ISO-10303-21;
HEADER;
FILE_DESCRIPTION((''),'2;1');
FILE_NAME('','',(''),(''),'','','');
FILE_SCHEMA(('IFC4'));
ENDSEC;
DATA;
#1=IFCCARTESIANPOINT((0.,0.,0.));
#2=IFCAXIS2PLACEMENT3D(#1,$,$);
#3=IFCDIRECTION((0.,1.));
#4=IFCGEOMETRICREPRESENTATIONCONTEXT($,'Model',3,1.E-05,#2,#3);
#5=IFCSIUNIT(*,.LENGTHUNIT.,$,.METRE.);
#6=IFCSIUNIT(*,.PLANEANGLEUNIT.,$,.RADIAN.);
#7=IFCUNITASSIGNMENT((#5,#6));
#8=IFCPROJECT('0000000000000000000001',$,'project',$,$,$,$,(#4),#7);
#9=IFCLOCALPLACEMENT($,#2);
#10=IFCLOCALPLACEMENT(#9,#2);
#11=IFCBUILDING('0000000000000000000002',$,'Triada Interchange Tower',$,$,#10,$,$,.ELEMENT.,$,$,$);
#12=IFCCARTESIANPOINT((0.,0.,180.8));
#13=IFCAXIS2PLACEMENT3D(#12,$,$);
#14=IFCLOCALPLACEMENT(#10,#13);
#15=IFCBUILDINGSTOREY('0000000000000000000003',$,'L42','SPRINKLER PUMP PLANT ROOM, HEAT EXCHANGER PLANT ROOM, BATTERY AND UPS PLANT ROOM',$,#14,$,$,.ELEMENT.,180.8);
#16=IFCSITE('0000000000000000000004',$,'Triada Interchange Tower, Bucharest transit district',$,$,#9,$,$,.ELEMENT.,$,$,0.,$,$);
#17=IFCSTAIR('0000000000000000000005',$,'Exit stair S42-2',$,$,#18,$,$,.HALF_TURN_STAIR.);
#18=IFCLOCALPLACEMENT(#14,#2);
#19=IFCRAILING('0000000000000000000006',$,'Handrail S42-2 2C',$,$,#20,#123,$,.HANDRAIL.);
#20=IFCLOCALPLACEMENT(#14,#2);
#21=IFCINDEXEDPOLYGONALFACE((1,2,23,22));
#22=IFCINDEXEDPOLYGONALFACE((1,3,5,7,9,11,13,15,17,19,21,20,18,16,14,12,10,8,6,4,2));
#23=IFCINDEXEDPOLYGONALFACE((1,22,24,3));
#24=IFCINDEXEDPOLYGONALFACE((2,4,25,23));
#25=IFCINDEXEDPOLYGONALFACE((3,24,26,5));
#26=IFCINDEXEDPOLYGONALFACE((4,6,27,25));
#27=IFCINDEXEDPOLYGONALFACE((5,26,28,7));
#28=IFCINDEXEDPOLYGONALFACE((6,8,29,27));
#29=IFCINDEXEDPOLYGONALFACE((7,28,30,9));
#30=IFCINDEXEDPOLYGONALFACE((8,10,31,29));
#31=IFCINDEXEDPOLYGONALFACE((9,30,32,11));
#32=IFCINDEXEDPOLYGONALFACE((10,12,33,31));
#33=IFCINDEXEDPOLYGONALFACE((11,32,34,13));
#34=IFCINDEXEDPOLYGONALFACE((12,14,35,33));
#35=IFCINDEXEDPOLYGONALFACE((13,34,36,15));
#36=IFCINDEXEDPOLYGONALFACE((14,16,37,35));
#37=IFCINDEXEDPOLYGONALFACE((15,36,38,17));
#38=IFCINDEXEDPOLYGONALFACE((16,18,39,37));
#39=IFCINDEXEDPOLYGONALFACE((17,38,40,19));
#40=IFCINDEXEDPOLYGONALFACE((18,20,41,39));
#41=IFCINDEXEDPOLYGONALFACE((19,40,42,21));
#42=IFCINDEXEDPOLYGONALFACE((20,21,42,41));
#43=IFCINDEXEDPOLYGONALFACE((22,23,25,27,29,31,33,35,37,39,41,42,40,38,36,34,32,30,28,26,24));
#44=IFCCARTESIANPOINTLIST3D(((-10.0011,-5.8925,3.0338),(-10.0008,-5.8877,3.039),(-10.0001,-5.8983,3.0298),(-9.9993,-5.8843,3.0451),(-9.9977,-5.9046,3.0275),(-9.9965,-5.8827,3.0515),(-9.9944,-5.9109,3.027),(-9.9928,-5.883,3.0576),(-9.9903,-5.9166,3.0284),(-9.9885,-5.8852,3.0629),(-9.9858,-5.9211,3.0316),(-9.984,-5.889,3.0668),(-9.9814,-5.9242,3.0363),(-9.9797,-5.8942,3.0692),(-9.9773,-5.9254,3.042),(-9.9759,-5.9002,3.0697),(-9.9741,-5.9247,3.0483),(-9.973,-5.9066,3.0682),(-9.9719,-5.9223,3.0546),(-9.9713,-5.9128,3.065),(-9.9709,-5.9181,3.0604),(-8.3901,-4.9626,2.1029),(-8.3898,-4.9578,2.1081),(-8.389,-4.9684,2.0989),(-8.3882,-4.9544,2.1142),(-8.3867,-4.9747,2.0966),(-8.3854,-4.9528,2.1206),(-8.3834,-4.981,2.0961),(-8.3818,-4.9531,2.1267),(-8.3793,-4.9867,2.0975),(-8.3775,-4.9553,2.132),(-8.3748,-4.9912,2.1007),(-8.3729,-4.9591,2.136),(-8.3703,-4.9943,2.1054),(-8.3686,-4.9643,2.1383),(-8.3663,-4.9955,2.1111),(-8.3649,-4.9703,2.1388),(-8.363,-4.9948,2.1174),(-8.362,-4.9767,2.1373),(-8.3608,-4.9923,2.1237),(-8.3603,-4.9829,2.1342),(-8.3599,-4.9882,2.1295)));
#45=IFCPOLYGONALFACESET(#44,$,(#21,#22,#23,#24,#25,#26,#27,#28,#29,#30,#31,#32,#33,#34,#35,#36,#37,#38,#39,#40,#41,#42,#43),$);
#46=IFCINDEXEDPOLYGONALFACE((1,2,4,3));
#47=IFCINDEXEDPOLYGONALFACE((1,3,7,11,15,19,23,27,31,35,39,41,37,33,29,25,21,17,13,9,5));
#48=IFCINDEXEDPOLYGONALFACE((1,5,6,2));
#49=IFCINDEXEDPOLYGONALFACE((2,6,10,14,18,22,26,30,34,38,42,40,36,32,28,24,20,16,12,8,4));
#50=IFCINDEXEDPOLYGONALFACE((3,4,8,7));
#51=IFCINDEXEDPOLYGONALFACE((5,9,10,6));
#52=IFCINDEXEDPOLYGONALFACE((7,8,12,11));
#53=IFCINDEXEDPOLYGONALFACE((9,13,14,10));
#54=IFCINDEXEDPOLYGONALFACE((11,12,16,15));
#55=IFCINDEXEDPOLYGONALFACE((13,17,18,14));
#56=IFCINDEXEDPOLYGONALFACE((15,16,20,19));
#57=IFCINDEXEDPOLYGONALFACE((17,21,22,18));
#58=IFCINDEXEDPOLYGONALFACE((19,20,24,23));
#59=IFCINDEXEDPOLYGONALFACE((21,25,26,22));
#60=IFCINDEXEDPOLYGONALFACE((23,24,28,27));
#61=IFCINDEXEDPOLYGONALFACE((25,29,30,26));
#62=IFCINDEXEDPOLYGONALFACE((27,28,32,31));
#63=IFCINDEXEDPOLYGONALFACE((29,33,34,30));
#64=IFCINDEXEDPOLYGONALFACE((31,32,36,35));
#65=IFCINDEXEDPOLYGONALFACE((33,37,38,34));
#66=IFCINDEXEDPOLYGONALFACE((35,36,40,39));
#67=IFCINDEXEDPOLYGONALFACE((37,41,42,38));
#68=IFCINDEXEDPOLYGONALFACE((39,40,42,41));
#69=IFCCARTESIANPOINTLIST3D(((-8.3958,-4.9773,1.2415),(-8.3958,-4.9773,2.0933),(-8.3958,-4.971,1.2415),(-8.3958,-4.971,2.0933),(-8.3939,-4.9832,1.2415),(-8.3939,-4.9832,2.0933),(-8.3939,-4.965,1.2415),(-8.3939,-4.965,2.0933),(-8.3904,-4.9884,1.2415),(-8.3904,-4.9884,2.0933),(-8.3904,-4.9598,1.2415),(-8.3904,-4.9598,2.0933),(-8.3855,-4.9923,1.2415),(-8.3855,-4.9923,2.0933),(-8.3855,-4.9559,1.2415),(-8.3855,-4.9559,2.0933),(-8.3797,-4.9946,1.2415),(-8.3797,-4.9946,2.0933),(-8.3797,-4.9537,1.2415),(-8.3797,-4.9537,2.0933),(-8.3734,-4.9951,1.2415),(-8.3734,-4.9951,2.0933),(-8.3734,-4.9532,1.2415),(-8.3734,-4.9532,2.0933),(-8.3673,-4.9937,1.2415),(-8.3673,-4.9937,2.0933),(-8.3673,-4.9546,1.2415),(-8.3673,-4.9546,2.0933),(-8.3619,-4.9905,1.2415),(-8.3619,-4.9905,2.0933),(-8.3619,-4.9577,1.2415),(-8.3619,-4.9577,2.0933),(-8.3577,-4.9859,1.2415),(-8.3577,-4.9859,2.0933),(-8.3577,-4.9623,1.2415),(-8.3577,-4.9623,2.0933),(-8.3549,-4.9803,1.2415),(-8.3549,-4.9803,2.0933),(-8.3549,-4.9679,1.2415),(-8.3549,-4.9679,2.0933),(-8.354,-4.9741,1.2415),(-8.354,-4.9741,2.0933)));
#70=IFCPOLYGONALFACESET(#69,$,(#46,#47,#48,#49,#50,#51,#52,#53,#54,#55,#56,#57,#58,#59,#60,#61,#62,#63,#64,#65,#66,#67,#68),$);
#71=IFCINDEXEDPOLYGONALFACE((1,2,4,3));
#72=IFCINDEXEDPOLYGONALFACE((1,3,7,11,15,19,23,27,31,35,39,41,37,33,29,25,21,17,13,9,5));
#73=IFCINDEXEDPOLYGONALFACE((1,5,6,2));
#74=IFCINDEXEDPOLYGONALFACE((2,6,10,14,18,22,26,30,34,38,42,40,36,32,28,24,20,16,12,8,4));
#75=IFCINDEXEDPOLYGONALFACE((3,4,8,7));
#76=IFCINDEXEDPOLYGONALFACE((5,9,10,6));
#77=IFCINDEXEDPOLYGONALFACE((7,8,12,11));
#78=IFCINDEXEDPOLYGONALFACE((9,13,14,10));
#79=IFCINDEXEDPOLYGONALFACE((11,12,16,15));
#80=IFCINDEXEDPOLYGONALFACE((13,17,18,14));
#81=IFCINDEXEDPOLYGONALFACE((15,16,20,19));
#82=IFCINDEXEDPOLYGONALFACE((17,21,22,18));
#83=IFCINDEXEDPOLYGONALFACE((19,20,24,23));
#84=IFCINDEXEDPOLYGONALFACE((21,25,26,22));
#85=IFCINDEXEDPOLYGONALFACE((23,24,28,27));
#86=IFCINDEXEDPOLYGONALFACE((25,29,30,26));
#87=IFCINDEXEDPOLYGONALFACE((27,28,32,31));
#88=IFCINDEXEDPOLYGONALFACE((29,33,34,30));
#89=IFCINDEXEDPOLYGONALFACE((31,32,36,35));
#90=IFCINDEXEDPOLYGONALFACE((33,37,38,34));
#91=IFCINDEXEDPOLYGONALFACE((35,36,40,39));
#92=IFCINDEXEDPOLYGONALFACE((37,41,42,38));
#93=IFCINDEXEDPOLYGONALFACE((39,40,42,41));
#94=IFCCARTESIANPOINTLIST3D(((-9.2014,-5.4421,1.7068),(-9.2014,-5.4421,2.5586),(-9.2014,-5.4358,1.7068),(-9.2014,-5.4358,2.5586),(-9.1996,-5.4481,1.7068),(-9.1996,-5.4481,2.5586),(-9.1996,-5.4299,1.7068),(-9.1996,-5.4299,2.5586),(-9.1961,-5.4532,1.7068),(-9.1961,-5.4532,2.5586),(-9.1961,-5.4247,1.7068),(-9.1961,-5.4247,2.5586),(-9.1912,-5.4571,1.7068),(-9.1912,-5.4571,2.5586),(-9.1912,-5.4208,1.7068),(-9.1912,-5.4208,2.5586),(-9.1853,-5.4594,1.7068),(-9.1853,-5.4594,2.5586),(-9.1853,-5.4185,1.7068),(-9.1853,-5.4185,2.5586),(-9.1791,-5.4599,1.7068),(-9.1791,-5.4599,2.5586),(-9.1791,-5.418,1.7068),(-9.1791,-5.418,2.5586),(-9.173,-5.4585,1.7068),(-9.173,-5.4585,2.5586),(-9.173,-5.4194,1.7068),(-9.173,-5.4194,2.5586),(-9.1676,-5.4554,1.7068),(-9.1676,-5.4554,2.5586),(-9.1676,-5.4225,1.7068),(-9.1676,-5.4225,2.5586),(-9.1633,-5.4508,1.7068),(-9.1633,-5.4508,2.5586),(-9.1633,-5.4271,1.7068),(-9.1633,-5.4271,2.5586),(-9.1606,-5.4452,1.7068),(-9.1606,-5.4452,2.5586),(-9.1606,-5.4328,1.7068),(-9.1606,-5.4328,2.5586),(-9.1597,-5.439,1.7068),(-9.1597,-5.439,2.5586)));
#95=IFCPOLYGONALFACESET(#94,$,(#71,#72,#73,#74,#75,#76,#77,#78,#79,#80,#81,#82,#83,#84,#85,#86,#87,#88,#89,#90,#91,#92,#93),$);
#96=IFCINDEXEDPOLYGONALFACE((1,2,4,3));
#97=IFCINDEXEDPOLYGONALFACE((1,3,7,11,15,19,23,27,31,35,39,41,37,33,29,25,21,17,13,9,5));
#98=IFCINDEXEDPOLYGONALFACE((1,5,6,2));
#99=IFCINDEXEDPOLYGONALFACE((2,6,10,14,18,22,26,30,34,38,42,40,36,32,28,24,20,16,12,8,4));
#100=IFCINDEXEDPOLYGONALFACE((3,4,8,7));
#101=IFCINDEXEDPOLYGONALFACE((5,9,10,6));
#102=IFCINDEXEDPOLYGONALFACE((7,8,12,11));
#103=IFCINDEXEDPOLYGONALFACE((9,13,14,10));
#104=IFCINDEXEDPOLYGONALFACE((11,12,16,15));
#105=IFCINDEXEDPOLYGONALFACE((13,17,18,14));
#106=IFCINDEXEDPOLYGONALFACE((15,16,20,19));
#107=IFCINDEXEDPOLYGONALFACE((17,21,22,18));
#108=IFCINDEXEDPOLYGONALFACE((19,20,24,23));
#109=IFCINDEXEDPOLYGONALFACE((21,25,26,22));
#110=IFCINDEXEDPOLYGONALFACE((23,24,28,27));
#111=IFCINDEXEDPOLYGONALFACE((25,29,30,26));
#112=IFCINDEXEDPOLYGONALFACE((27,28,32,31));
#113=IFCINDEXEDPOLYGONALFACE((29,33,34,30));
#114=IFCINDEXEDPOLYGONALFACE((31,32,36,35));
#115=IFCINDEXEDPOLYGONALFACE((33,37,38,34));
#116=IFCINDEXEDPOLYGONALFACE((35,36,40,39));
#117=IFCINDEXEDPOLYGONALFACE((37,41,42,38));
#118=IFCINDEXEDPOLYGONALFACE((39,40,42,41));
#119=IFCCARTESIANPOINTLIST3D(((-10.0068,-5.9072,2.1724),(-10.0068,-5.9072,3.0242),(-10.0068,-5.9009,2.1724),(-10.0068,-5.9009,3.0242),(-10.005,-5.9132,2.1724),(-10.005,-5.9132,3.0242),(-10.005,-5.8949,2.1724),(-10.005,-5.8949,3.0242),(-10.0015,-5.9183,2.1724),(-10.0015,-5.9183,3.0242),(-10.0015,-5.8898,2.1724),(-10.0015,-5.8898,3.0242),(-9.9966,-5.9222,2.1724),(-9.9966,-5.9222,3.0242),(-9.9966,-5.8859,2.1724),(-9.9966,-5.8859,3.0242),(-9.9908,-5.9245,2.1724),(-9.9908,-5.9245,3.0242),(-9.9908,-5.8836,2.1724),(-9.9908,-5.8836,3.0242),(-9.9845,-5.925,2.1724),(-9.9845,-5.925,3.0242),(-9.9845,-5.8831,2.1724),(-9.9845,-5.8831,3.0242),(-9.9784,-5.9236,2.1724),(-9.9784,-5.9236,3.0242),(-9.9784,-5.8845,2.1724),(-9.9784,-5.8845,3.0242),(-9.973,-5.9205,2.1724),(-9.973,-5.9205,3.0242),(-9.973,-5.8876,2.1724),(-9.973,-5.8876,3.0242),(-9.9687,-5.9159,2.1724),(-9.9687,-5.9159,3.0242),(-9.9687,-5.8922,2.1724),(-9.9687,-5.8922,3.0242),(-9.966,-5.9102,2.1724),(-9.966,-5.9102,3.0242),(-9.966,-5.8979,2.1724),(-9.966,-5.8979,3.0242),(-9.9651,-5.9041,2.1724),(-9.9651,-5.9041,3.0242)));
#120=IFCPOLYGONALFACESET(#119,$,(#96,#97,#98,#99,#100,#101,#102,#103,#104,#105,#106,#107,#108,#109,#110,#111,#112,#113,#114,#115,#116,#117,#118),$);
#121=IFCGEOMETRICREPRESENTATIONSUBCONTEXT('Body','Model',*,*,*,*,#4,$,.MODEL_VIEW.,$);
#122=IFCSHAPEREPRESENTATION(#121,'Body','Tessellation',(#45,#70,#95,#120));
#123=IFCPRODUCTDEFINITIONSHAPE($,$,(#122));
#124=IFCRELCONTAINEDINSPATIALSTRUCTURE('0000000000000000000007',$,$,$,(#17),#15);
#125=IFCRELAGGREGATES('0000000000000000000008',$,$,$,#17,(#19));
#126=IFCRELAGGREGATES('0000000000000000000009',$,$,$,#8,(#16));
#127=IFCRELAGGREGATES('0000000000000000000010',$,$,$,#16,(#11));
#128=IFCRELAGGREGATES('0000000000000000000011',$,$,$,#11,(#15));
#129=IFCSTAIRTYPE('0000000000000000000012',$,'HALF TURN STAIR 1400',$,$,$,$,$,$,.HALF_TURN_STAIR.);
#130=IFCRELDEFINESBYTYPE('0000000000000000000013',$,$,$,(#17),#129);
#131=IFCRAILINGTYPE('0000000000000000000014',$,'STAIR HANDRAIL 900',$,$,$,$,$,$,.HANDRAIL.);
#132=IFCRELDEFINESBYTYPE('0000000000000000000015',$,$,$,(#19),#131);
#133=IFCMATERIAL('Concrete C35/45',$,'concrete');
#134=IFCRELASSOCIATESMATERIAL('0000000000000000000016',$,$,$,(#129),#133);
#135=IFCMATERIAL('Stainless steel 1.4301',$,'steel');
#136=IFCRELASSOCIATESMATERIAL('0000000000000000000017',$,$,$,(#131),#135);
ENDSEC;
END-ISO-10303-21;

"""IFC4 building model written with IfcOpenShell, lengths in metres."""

from ifc_helpers import new_model, si_unit, direction, frame, origin, origin_2d, place, context, subcontext, project, spatial, circle, extrude, material, type_object, element, aggregate, save


model = new_model("IFC4")

# Units and contexts
model_context = context("Model", 3, precision=1e-05, world=origin(), true_north=direction((0.0, 1.0)))
body_context = subcontext(model_context, "Body", "Model", "MODEL_VIEW")
ifc_project = project(units=[si_unit("LENGTHUNIT", "METRE"), si_unit("PLANEANGLEUNIT", "RADIAN")], contexts=[model_context])

# Site, building, storey
site_placement = place(None, origin())
site = spatial("IfcSite", under=ifc_project, at=site_placement, Name="Triada Interchange Tower, Bucharest transit district", CompositionType="ELEMENT", RefElevation=0.0)
building_placement = place(site_placement, origin())
building = spatial("IfcBuilding", under=site, at=building_placement, Name="Triada Interchange Tower", CompositionType="ELEMENT")
storey_placement = place(building_placement, frame((0.0, 0.0, 180.8)))
storey = spatial("IfcBuildingStorey", under=building, at=storey_placement, Name="L42", Description="SPRINKLER PUMP PLANT ROOM, HEAT EXCHANGER PLANT ROOM, BATTERY AND UPS PLANT ROOM", CompositionType="ELEMENT", Elevation=180.8)

# Shared definitions
ifc_material_1 = material(Name="Concrete C35/45", Category="concrete")

# Stair, railing
stair_type = type_object("IfcStairType", Name="HALF TURN STAIR 1400", PredefinedType="HALF_TURN_STAIR", material=ifc_material_1)
stair_placement = place(storey_placement, origin())
stair = element("IfcStair", 1, at=stair_placement, inside=storey, type_object=stair_type, Name="Exit stair S42-2", PredefinedType="HALF_TURN_STAIR")
ifc_material_2 = material(Name="Stainless steel 1.4301", Category="steel")
railing_type_1 = type_object("IfcRailingType", Name="STAIR HANDRAIL 900", PredefinedType="HANDRAIL", material=ifc_material_2)
railing_1_placement = place(storey_placement, frame((-8.375, -4.9741, 1.2415)))
railing_1 = element("IfcRailing", 2, at=railing_1_placement, type_object=railing_type_1, Name="Handrail S42-2 2C", PredefinedType="HANDRAIL", context=body_context, shape_type="SweptSolid", body=[
    extrude(circle(Radius=0.0239, at=origin_2d()), frame((0.0, 0.0, 0.876), z_axis=(-0.77451, -0.447054, 0.447523), x_axis=(0.499908, -0.866079, 0.0)), (0.0, 0.0, 1.0), 2.0801),
    extrude(circle(Radius=0.021, at=origin_2d()), origin(), (0.0, 0.0, 1.0), 0.8518),
    extrude(circle(Radius=0.021, at=origin_2d()), frame((-0.8057, -0.4648, 0.4653)), (0.0, 0.0, 1.0), 0.8518),
    extrude(circle(Radius=0.021, at=origin_2d()), frame((-1.6111, -0.9299, 0.9309)), (0.0, 0.0, 1.0), 0.8518),
])
aggregate(stair, [railing_1])

save(model, "model.ifc")
